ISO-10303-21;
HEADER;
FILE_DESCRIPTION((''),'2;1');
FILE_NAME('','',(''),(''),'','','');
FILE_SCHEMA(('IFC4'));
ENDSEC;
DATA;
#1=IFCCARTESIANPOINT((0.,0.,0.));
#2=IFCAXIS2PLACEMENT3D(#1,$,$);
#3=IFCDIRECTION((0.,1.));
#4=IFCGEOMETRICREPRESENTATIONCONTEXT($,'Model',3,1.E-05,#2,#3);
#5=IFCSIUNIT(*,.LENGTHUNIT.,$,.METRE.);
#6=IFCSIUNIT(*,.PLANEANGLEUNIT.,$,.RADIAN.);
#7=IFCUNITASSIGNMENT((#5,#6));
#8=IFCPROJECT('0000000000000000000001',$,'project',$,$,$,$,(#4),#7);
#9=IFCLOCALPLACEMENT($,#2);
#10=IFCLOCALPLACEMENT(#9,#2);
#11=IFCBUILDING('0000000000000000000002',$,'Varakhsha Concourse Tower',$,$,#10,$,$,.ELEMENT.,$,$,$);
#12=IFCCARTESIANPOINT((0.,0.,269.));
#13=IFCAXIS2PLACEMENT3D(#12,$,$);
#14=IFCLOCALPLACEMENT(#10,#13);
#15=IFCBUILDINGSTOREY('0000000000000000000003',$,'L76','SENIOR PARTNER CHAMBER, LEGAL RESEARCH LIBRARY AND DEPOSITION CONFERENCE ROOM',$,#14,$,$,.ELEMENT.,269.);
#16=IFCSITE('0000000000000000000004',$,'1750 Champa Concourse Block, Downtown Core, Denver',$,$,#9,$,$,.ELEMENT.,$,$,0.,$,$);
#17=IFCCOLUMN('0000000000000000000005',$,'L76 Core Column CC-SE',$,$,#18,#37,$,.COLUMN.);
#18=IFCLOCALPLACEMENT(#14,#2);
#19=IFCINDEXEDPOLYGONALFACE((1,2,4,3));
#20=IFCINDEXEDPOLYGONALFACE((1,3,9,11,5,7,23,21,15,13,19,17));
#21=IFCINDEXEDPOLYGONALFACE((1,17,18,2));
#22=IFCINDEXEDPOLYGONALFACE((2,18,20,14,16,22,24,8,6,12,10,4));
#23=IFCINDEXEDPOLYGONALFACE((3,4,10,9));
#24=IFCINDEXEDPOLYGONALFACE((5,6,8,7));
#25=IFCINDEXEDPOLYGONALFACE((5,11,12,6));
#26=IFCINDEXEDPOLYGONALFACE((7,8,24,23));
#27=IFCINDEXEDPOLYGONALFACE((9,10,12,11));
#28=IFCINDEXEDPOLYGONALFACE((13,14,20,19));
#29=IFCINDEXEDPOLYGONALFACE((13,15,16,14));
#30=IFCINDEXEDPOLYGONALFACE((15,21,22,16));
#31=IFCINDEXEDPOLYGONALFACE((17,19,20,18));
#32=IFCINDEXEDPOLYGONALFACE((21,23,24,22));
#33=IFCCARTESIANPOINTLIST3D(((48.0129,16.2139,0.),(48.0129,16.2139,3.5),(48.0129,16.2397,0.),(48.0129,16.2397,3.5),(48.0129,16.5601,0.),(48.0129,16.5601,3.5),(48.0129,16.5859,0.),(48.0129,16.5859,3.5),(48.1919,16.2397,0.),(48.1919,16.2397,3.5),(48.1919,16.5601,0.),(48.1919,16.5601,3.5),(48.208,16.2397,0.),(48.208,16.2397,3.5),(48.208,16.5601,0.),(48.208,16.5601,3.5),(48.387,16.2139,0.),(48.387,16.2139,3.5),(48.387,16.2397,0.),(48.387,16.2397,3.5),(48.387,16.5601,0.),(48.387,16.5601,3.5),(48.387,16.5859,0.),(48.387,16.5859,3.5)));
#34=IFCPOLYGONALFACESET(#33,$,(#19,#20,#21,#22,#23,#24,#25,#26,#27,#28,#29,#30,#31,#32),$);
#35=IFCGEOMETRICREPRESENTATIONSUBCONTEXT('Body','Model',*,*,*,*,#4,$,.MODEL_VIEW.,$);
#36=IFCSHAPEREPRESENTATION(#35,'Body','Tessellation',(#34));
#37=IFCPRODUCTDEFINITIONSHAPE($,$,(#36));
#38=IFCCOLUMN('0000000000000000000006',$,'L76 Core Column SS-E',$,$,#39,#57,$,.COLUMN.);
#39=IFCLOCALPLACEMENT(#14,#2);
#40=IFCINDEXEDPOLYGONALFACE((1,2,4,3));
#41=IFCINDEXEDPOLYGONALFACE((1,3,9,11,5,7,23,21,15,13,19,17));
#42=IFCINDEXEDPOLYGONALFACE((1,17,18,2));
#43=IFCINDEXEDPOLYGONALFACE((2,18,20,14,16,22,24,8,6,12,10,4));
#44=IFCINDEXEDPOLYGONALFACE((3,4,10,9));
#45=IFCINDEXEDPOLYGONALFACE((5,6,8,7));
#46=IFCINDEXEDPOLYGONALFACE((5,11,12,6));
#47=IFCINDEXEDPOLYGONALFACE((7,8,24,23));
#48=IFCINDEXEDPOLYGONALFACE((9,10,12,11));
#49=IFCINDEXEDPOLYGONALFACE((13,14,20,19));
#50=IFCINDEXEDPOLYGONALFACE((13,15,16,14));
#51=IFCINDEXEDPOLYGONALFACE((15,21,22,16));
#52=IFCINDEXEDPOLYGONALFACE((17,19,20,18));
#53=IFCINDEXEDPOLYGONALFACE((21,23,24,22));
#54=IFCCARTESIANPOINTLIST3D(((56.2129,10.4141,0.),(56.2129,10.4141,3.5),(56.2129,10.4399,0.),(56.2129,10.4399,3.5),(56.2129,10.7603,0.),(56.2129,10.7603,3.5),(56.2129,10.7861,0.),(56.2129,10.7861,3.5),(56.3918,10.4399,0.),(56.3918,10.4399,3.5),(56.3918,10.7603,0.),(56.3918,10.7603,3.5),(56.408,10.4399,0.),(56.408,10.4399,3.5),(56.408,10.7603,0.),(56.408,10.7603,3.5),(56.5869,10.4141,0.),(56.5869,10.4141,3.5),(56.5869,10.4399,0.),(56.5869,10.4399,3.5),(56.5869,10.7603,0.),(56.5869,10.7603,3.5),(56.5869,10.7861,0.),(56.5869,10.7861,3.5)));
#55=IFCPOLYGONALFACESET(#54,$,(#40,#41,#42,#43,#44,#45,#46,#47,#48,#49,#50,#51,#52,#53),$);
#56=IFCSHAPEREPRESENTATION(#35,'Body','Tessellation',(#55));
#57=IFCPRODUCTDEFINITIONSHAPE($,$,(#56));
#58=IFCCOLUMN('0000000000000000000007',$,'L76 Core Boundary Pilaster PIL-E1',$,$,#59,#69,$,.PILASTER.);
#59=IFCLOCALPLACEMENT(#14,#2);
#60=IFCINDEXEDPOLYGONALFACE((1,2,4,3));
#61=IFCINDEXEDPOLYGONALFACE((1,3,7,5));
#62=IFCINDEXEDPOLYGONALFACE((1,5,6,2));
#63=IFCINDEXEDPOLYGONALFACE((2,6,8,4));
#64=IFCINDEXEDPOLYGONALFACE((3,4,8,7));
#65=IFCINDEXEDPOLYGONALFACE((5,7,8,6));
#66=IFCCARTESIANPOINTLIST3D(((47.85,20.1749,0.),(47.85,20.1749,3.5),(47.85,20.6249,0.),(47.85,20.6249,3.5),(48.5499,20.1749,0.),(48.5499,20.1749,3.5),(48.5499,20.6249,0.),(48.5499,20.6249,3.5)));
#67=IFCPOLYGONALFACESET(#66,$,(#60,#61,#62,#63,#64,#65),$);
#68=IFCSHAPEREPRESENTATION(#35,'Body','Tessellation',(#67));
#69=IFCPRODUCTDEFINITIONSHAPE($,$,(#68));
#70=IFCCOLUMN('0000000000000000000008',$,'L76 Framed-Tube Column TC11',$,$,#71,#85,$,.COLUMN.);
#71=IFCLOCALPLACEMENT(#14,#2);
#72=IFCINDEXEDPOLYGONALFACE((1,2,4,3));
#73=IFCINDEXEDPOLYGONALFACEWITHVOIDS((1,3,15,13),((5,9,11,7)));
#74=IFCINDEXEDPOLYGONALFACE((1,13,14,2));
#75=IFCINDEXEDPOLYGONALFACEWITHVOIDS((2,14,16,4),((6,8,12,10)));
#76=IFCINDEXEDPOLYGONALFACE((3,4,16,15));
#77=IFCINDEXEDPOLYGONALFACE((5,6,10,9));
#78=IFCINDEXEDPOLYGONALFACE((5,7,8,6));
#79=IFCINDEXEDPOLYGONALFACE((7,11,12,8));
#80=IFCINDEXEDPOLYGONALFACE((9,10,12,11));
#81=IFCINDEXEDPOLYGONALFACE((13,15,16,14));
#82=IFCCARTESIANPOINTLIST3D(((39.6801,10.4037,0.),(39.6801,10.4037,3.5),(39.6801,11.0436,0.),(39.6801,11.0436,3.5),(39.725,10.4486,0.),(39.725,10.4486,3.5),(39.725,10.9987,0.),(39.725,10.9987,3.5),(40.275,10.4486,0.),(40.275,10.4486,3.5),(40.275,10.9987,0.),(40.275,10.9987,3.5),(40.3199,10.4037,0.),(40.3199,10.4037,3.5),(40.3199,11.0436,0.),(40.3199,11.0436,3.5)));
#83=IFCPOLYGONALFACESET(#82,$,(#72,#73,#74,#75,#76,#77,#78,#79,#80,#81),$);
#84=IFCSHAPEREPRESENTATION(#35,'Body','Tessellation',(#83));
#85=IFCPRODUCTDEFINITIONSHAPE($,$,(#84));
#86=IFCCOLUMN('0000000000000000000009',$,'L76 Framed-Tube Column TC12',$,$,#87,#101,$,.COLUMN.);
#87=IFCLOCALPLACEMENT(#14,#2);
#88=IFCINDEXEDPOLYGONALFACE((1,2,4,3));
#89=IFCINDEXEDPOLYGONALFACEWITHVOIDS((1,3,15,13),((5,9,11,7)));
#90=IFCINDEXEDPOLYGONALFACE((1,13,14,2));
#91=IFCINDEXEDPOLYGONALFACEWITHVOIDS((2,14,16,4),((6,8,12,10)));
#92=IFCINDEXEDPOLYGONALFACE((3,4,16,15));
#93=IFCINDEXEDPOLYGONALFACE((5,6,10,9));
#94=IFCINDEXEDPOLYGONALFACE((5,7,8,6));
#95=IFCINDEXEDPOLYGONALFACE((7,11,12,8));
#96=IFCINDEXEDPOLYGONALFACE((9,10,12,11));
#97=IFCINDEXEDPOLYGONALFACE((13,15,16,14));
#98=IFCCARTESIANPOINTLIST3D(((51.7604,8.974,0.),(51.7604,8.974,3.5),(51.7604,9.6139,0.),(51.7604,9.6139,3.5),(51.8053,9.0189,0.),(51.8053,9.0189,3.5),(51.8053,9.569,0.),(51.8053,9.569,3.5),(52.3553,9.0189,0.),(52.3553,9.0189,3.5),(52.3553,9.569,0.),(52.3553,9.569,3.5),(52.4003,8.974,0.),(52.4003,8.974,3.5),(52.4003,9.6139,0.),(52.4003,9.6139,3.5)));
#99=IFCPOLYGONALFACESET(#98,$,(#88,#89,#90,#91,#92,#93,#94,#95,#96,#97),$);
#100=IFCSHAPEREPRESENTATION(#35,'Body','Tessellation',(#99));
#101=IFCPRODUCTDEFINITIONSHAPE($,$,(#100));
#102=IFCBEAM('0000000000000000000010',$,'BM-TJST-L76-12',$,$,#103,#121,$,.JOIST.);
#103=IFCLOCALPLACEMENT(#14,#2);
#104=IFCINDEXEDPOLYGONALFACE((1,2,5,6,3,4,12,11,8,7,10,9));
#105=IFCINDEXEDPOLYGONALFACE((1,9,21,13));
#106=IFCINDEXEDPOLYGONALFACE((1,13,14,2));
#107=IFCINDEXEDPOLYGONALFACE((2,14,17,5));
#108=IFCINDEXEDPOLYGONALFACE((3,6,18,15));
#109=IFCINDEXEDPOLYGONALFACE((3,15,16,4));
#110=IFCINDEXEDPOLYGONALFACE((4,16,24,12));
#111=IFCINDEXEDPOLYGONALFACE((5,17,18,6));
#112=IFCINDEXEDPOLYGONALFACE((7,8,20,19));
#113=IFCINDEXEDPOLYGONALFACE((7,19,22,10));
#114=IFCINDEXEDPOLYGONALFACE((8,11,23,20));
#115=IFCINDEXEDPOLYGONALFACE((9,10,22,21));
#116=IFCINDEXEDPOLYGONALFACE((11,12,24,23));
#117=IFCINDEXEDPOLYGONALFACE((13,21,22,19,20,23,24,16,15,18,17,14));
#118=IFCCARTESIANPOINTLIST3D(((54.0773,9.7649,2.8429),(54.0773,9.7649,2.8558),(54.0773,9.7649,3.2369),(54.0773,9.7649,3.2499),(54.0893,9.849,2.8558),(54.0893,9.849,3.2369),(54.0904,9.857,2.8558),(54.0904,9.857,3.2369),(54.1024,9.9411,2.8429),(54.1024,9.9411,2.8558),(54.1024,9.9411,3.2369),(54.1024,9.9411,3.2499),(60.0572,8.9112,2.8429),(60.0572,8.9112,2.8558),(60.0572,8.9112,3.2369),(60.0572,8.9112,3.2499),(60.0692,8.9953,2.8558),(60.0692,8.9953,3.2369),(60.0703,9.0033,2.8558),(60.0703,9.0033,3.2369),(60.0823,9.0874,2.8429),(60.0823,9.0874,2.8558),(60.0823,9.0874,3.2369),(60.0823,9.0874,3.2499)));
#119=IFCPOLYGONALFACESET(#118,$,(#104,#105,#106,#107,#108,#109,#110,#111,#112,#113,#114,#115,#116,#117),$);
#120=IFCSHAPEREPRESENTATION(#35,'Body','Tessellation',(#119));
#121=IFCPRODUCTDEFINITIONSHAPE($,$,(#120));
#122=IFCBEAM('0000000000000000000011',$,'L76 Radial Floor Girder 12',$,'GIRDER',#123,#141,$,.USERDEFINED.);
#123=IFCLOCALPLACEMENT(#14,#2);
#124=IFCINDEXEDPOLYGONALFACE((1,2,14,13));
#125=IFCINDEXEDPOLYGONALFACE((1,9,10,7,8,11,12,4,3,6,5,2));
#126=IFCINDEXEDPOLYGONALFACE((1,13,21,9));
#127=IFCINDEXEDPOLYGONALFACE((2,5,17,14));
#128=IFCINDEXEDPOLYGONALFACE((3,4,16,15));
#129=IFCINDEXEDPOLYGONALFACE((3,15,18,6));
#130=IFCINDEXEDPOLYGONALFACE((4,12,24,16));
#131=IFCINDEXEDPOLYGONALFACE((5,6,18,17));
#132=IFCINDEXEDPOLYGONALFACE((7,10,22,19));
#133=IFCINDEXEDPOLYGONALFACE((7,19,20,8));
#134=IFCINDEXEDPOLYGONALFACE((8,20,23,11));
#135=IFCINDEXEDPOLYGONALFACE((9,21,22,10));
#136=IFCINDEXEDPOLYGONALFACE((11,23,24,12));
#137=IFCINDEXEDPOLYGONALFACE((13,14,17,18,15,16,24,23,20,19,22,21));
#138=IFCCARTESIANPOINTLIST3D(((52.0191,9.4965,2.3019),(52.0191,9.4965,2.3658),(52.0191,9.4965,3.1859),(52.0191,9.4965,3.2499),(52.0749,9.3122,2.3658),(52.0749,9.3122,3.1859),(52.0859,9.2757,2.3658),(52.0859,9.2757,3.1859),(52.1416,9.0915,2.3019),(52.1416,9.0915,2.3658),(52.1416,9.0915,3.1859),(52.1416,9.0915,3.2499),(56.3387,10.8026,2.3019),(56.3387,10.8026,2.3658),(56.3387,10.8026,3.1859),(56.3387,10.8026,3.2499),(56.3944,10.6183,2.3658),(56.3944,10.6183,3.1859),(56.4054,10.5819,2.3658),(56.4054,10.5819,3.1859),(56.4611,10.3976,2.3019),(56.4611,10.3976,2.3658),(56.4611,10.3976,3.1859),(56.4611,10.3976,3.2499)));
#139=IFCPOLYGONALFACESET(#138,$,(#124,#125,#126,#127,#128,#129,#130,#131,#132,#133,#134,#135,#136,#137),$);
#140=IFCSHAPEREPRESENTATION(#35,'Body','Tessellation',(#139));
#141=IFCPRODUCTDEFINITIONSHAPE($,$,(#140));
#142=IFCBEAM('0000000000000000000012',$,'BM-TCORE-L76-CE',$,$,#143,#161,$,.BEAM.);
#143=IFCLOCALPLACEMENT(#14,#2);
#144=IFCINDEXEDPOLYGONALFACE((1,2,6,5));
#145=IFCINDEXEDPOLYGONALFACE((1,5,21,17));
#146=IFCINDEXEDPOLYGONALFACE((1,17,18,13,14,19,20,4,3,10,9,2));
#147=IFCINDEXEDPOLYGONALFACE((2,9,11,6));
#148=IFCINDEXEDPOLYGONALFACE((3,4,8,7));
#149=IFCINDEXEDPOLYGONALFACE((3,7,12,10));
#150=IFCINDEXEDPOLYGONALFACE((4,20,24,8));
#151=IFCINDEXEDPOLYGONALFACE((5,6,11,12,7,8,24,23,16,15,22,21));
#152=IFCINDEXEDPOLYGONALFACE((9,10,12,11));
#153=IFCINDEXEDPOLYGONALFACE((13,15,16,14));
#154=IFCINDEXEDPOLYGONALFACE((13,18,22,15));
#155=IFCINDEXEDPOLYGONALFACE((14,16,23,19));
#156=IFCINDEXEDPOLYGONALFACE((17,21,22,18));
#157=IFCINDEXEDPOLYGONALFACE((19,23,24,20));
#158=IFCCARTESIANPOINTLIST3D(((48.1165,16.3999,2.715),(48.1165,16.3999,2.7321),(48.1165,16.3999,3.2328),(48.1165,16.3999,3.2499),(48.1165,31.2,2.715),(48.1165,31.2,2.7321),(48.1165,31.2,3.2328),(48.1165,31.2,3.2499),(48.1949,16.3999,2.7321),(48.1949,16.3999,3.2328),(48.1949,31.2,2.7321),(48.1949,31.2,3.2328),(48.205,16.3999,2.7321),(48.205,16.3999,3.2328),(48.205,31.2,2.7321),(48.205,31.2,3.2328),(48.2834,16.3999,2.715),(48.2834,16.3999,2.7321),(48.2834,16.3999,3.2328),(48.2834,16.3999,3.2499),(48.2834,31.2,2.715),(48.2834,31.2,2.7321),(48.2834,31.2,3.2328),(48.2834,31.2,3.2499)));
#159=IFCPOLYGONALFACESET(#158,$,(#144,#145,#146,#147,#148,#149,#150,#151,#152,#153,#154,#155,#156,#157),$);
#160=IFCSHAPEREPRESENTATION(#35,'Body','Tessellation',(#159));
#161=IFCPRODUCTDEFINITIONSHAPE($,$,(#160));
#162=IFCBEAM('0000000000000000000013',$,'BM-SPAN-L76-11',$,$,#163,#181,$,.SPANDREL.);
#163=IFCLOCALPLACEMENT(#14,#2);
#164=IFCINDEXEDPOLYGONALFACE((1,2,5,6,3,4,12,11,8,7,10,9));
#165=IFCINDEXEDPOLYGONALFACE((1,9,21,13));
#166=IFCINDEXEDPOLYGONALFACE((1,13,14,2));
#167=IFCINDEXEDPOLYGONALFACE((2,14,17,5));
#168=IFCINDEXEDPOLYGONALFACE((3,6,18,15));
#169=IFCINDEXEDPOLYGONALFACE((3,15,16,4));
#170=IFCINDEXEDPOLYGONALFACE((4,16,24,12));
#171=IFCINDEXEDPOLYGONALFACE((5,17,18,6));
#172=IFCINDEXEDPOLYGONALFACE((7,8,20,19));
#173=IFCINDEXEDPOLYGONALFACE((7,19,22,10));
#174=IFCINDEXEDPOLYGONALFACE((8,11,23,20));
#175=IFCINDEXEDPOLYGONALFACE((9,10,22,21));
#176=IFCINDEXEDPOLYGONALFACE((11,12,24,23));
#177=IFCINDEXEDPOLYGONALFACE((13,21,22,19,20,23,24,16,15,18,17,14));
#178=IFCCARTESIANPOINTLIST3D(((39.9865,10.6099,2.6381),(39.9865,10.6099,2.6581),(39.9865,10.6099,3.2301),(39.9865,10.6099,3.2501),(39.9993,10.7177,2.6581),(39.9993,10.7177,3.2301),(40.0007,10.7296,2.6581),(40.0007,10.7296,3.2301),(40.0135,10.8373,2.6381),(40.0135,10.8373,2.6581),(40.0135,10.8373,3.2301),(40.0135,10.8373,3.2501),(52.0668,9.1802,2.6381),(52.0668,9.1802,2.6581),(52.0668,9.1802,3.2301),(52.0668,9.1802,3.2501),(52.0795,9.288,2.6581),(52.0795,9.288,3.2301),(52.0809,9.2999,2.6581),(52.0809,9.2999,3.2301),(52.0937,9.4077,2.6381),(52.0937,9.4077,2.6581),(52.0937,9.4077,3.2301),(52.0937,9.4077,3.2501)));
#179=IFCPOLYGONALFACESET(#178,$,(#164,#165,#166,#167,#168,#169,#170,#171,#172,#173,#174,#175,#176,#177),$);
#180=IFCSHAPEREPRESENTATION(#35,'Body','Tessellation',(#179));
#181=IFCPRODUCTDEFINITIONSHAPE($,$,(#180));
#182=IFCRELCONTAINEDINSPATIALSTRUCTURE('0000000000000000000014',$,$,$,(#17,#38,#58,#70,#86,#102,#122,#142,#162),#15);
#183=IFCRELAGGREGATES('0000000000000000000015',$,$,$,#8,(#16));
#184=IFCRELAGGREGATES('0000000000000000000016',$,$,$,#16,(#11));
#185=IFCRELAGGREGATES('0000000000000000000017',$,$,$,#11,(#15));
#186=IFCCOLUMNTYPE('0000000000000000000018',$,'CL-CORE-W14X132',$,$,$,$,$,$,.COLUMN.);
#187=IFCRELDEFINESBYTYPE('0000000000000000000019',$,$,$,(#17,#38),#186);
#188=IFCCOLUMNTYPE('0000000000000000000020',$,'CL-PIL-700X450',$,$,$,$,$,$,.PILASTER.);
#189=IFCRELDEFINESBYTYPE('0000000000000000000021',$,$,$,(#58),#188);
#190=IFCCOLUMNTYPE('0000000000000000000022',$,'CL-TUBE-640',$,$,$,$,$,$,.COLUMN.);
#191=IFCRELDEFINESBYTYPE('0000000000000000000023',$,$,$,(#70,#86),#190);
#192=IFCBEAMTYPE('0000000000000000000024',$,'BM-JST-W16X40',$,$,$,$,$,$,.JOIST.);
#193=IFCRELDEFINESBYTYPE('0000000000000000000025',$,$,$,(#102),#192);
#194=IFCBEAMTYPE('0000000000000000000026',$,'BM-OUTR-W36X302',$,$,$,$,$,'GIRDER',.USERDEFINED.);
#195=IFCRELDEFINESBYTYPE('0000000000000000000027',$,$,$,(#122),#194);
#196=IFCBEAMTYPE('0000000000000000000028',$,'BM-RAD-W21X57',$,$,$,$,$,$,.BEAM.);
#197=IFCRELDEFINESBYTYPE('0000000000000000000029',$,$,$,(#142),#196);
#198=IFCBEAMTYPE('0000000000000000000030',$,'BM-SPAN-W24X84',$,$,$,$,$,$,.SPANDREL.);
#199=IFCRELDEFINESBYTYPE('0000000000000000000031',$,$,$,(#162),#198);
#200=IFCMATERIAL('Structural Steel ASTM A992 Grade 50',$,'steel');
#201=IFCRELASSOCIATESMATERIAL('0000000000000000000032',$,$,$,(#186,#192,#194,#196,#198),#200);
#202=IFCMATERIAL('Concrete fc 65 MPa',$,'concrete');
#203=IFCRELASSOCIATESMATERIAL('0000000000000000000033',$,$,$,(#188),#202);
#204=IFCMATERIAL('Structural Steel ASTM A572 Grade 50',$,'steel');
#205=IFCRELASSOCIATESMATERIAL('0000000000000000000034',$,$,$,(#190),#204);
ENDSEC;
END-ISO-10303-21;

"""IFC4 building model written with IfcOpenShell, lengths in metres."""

from ifc_helpers import new_model, si_unit, direction, frame, origin, origin_2d, place, context, subcontext, project, spatial, rectangle, hollow_rectangle, i_section, extrude, material, material_profile, profile_set, type_object, element, save


model = new_model("IFC4")

# Units and contexts
model_context = context("Model", 3, precision=1e-05, world=origin(), true_north=direction((0.0, 1.0)))
body_context = subcontext(model_context, "Body", "Model", "MODEL_VIEW")
ifc_project = project(units=[si_unit("LENGTHUNIT", "METRE"), si_unit("PLANEANGLEUNIT", "RADIAN")], contexts=[model_context])

# Site, building, storey
site_placement = place(None, origin())
site = spatial("IfcSite", under=ifc_project, at=site_placement, Name="1750 Champa Concourse Block, Downtown Core, Denver", CompositionType="ELEMENT", RefElevation=0.0)
building_placement = place(site_placement, origin())
building = spatial("IfcBuilding", under=site, at=building_placement, Name="Varakhsha Concourse Tower", CompositionType="ELEMENT")
storey_placement = place(building_placement, frame((0.0, 0.0, 269.0)))
storey = spatial("IfcBuildingStorey", under=building, at=storey_placement, Name="L76", Description="SENIOR PARTNER CHAMBER, LEGAL RESEARCH LIBRARY AND DEPOSITION CONFERENCE ROOM", CompositionType="ELEMENT", Elevation=269.0)

# Columns
ifc_material_1 = material(Name="Structural Steel ASTM A992 Grade 50", Category="steel")
ifc_material_profile_1 = material_profile(ifc_material_1, i_section(OverallWidth=0.374, OverallDepth=0.3721, WebThickness=0.0161, FlangeThickness=0.0259, at=origin_2d()), Name="W14X132")
ifc_profile_set_1 = profile_set([ifc_material_profile_1], Name="Structural Steel ASTM A992 Grade 50")
column_type_1 = type_object("IfcColumnType", Name="CL-CORE-W14X132", PredefinedType="COLUMN", material=ifc_profile_set_1)
for number, where, z_axis, x_axis, name in (
    (1, (48.2, 16.3999, 0.0), (0.0, 0.0, 1.0), (1.0, 0.0, 0.0), "L76 Core Column CC-SE"),
    (2, (56.3999, 10.6001, 0.0), (0.0, 0.0, 1.0), (1.0, 0.0, 0.0), "L76 Core Column SS-E"),
):
    element("IfcColumn", number, at=place(storey_placement, frame(where, z_axis=z_axis, x_axis=x_axis)), inside=storey, type_object=column_type_1, Name=name, PredefinedType="COLUMN", context=body_context, shape_type="SweptSolid", body=[
        extrude(i_section(OverallWidth=0.374, OverallDepth=0.3721, WebThickness=0.0161, FlangeThickness=0.0259, at=origin_2d()), origin(), (0.0, 0.0, 1.0), 3.5),
    ])
ifc_material_2 = material(Name="Concrete fc 65 MPa", Category="concrete")
ifc_material_profile_2 = material_profile(ifc_material_2, rectangle(XDim=0.7, YDim=0.45, at=origin_2d()), Name="RC 700x450")
ifc_profile_set_2 = profile_set([ifc_material_profile_2], Name="Concrete fc 65 MPa")
column_type_2 = type_object("IfcColumnType", Name="CL-PIL-700X450", PredefinedType="PILASTER", material=ifc_profile_set_2)
column_placement = place(storey_placement, frame((48.2, 20.3999, 0.0), z_axis=(0.0, 0.0, 1.0), x_axis=(1.0, 0.0, 0.0)))
element("IfcColumn", 3, at=column_placement, inside=storey, type_object=column_type_2, Name="L76 Core Boundary Pilaster PIL-E1", PredefinedType="PILASTER", context=body_context, shape_type="SweptSolid", body=[
    extrude(rectangle(XDim=0.7, YDim=0.45, at=origin_2d()), origin(), (0.0, 0.0, 1.0), 3.5),
])
ifc_material_3 = material(Name="Structural Steel ASTM A572 Grade 50", Category="steel")
ifc_material_profile_3 = material_profile(ifc_material_3, hollow_rectangle(XDim=0.6399, YDim=0.6399, WallThickness=0.0449, at=origin_2d()), Name="BOX 640x640x45")
ifc_profile_set_3 = profile_set([ifc_material_profile_3], Name="Structural Steel ASTM A572 Grade 50")
column_type_3 = type_object("IfcColumnType", Name="CL-TUBE-640", PredefinedType="COLUMN", material=ifc_profile_set_3)
for number, where, z_axis, x_axis, name in (
    (4, (40.0, 10.7236, 0.0), (0.0, 0.0, 1.0), (1.0, 0.0, 0.0), "L76 Framed-Tube Column TC11"),
    (5, (52.0803, 9.2939, 0.0), (0.0, 0.0, 1.0), (1.0, 0.0, 0.0), "L76 Framed-Tube Column TC12"),
):
    element("IfcColumn", number, at=place(storey_placement, frame(where, z_axis=z_axis, x_axis=x_axis)), inside=storey, type_object=column_type_3, Name=name, PredefinedType="COLUMN", context=body_context, shape_type="SweptSolid", body=[
        extrude(hollow_rectangle(XDim=0.6399, YDim=0.6399, WallThickness=0.0449, at=origin_2d()), origin(), (0.0, 0.0, 1.0), 3.5),
    ])

# Beams
ifc_material_profile_4 = material_profile(ifc_material_1, i_section(OverallWidth=0.178, OverallDepth=0.407, WebThickness=0.0081, FlangeThickness=0.0129, at=origin_2d()), Name="W16X40")
ifc_profile_set_4 = profile_set([ifc_material_profile_4], Name="Structural Steel ASTM A992 Grade 50")
beam_type_1 = type_object("IfcBeamType", Name="BM-JST-W16X40", PredefinedType="JOIST", material=ifc_profile_set_4)
beam_1_placement = place(storey_placement, frame((54.0898, 9.853, 3.0464), z_axis=(0.989962, -0.141336, 0.0), x_axis=(0.141336, 0.989962, 0.0)))
element("IfcBeam", 6, at=beam_1_placement, inside=storey, type_object=beam_type_1, Name="BM-TJST-L76-12", PredefinedType="JOIST", context=body_context, shape_type="SweptSolid", body=[
    extrude(i_section(OverallWidth=0.178, OverallDepth=0.407, WebThickness=0.0081, FlangeThickness=0.0129, at=origin_2d()), origin(), (0.0, 0.0, 1.0), 6.0405),
])
ifc_material_profile_5 = material_profile(ifc_material_1, i_section(OverallWidth=0.4231, OverallDepth=0.948, WebThickness=0.0381, FlangeThickness=0.064, at=origin_2d()), Name="W36X302")
ifc_profile_set_5 = profile_set([ifc_material_profile_5], Name="Structural Steel ASTM A992 Grade 50")
beam_type_2 = type_object("IfcBeamType", Name="BM-OUTR-W36X302", ElementType="GIRDER", PredefinedType="USERDEFINED", material=ifc_profile_set_5)
beam_2_placement = place(storey_placement, frame((56.3999, 10.6001, 2.7759), z_axis=(-0.957197, -0.289437, 0.0), x_axis=(0.289437, -0.957197, 0.0)))
element("IfcBeam", 7, at=beam_2_placement, inside=storey, type_object=beam_type_2, Name="L76 Radial Floor Girder 12", ObjectType="GIRDER", PredefinedType="USERDEFINED", context=body_context, shape_type="SweptSolid", body=[
    extrude(i_section(OverallWidth=0.4231, OverallDepth=0.948, WebThickness=0.0381, FlangeThickness=0.064, at=origin_2d()), origin(), (0.0, 0.0, 1.0), 4.5127),
])
ifc_material_profile_6 = material_profile(ifc_material_1, i_section(OverallWidth=0.167, OverallDepth=0.5349, WebThickness=0.01, FlangeThickness=0.0171, at=origin_2d()), Name="W21X57")
ifc_profile_set_6 = profile_set([ifc_material_profile_6], Name="Structural Steel ASTM A992 Grade 50")
beam_type_3 = type_object("IfcBeamType", Name="BM-RAD-W21X57", PredefinedType="BEAM", material=ifc_profile_set_6)
beam_3_placement = place(storey_placement, frame((48.2, 16.3999, 2.9824), z_axis=(0.0, 1.0, 0.0), x_axis=(-1.0, 0.0, 0.0)))
element("IfcBeam", 8, at=beam_3_placement, inside=storey, type_object=beam_type_3, Name="BM-TCORE-L76-CE", PredefinedType="BEAM", context=body_context, shape_type="SweptSolid", body=[
    extrude(i_section(OverallWidth=0.167, OverallDepth=0.5349, WebThickness=0.01, FlangeThickness=0.0171, at=origin_2d()), origin(), (0.0, 0.0, 1.0), 14.8),
])
ifc_material_profile_7 = material_profile(ifc_material_1, i_section(OverallWidth=0.229, OverallDepth=0.6121, WebThickness=0.012, FlangeThickness=0.02, at=origin_2d()), Name="W24X84")
ifc_profile_set_7 = profile_set([ifc_material_profile_7], Name="Structural Steel ASTM A992 Grade 50")
beam_type_4 = type_object("IfcBeamType", Name="BM-SPAN-W24X84", PredefinedType="SPANDREL", material=ifc_profile_set_7)
beam_4_placement = place(storey_placement, frame((40.0, 10.7236, 2.9441), z_axis=(0.99307, -0.117528, 0.0), x_axis=(0.117528, 0.99307, 0.0)))
element("IfcBeam", 9, at=beam_4_placement, inside=storey, type_object=beam_type_4, Name="BM-SPAN-L76-11", PredefinedType="SPANDREL", context=body_context, shape_type="SweptSolid", body=[
    extrude(i_section(OverallWidth=0.229, OverallDepth=0.6121, WebThickness=0.012, FlangeThickness=0.02, at=origin_2d()), origin(), (0.0, 0.0, 1.0), 12.1646),
])

save(model, "model.ifc")
